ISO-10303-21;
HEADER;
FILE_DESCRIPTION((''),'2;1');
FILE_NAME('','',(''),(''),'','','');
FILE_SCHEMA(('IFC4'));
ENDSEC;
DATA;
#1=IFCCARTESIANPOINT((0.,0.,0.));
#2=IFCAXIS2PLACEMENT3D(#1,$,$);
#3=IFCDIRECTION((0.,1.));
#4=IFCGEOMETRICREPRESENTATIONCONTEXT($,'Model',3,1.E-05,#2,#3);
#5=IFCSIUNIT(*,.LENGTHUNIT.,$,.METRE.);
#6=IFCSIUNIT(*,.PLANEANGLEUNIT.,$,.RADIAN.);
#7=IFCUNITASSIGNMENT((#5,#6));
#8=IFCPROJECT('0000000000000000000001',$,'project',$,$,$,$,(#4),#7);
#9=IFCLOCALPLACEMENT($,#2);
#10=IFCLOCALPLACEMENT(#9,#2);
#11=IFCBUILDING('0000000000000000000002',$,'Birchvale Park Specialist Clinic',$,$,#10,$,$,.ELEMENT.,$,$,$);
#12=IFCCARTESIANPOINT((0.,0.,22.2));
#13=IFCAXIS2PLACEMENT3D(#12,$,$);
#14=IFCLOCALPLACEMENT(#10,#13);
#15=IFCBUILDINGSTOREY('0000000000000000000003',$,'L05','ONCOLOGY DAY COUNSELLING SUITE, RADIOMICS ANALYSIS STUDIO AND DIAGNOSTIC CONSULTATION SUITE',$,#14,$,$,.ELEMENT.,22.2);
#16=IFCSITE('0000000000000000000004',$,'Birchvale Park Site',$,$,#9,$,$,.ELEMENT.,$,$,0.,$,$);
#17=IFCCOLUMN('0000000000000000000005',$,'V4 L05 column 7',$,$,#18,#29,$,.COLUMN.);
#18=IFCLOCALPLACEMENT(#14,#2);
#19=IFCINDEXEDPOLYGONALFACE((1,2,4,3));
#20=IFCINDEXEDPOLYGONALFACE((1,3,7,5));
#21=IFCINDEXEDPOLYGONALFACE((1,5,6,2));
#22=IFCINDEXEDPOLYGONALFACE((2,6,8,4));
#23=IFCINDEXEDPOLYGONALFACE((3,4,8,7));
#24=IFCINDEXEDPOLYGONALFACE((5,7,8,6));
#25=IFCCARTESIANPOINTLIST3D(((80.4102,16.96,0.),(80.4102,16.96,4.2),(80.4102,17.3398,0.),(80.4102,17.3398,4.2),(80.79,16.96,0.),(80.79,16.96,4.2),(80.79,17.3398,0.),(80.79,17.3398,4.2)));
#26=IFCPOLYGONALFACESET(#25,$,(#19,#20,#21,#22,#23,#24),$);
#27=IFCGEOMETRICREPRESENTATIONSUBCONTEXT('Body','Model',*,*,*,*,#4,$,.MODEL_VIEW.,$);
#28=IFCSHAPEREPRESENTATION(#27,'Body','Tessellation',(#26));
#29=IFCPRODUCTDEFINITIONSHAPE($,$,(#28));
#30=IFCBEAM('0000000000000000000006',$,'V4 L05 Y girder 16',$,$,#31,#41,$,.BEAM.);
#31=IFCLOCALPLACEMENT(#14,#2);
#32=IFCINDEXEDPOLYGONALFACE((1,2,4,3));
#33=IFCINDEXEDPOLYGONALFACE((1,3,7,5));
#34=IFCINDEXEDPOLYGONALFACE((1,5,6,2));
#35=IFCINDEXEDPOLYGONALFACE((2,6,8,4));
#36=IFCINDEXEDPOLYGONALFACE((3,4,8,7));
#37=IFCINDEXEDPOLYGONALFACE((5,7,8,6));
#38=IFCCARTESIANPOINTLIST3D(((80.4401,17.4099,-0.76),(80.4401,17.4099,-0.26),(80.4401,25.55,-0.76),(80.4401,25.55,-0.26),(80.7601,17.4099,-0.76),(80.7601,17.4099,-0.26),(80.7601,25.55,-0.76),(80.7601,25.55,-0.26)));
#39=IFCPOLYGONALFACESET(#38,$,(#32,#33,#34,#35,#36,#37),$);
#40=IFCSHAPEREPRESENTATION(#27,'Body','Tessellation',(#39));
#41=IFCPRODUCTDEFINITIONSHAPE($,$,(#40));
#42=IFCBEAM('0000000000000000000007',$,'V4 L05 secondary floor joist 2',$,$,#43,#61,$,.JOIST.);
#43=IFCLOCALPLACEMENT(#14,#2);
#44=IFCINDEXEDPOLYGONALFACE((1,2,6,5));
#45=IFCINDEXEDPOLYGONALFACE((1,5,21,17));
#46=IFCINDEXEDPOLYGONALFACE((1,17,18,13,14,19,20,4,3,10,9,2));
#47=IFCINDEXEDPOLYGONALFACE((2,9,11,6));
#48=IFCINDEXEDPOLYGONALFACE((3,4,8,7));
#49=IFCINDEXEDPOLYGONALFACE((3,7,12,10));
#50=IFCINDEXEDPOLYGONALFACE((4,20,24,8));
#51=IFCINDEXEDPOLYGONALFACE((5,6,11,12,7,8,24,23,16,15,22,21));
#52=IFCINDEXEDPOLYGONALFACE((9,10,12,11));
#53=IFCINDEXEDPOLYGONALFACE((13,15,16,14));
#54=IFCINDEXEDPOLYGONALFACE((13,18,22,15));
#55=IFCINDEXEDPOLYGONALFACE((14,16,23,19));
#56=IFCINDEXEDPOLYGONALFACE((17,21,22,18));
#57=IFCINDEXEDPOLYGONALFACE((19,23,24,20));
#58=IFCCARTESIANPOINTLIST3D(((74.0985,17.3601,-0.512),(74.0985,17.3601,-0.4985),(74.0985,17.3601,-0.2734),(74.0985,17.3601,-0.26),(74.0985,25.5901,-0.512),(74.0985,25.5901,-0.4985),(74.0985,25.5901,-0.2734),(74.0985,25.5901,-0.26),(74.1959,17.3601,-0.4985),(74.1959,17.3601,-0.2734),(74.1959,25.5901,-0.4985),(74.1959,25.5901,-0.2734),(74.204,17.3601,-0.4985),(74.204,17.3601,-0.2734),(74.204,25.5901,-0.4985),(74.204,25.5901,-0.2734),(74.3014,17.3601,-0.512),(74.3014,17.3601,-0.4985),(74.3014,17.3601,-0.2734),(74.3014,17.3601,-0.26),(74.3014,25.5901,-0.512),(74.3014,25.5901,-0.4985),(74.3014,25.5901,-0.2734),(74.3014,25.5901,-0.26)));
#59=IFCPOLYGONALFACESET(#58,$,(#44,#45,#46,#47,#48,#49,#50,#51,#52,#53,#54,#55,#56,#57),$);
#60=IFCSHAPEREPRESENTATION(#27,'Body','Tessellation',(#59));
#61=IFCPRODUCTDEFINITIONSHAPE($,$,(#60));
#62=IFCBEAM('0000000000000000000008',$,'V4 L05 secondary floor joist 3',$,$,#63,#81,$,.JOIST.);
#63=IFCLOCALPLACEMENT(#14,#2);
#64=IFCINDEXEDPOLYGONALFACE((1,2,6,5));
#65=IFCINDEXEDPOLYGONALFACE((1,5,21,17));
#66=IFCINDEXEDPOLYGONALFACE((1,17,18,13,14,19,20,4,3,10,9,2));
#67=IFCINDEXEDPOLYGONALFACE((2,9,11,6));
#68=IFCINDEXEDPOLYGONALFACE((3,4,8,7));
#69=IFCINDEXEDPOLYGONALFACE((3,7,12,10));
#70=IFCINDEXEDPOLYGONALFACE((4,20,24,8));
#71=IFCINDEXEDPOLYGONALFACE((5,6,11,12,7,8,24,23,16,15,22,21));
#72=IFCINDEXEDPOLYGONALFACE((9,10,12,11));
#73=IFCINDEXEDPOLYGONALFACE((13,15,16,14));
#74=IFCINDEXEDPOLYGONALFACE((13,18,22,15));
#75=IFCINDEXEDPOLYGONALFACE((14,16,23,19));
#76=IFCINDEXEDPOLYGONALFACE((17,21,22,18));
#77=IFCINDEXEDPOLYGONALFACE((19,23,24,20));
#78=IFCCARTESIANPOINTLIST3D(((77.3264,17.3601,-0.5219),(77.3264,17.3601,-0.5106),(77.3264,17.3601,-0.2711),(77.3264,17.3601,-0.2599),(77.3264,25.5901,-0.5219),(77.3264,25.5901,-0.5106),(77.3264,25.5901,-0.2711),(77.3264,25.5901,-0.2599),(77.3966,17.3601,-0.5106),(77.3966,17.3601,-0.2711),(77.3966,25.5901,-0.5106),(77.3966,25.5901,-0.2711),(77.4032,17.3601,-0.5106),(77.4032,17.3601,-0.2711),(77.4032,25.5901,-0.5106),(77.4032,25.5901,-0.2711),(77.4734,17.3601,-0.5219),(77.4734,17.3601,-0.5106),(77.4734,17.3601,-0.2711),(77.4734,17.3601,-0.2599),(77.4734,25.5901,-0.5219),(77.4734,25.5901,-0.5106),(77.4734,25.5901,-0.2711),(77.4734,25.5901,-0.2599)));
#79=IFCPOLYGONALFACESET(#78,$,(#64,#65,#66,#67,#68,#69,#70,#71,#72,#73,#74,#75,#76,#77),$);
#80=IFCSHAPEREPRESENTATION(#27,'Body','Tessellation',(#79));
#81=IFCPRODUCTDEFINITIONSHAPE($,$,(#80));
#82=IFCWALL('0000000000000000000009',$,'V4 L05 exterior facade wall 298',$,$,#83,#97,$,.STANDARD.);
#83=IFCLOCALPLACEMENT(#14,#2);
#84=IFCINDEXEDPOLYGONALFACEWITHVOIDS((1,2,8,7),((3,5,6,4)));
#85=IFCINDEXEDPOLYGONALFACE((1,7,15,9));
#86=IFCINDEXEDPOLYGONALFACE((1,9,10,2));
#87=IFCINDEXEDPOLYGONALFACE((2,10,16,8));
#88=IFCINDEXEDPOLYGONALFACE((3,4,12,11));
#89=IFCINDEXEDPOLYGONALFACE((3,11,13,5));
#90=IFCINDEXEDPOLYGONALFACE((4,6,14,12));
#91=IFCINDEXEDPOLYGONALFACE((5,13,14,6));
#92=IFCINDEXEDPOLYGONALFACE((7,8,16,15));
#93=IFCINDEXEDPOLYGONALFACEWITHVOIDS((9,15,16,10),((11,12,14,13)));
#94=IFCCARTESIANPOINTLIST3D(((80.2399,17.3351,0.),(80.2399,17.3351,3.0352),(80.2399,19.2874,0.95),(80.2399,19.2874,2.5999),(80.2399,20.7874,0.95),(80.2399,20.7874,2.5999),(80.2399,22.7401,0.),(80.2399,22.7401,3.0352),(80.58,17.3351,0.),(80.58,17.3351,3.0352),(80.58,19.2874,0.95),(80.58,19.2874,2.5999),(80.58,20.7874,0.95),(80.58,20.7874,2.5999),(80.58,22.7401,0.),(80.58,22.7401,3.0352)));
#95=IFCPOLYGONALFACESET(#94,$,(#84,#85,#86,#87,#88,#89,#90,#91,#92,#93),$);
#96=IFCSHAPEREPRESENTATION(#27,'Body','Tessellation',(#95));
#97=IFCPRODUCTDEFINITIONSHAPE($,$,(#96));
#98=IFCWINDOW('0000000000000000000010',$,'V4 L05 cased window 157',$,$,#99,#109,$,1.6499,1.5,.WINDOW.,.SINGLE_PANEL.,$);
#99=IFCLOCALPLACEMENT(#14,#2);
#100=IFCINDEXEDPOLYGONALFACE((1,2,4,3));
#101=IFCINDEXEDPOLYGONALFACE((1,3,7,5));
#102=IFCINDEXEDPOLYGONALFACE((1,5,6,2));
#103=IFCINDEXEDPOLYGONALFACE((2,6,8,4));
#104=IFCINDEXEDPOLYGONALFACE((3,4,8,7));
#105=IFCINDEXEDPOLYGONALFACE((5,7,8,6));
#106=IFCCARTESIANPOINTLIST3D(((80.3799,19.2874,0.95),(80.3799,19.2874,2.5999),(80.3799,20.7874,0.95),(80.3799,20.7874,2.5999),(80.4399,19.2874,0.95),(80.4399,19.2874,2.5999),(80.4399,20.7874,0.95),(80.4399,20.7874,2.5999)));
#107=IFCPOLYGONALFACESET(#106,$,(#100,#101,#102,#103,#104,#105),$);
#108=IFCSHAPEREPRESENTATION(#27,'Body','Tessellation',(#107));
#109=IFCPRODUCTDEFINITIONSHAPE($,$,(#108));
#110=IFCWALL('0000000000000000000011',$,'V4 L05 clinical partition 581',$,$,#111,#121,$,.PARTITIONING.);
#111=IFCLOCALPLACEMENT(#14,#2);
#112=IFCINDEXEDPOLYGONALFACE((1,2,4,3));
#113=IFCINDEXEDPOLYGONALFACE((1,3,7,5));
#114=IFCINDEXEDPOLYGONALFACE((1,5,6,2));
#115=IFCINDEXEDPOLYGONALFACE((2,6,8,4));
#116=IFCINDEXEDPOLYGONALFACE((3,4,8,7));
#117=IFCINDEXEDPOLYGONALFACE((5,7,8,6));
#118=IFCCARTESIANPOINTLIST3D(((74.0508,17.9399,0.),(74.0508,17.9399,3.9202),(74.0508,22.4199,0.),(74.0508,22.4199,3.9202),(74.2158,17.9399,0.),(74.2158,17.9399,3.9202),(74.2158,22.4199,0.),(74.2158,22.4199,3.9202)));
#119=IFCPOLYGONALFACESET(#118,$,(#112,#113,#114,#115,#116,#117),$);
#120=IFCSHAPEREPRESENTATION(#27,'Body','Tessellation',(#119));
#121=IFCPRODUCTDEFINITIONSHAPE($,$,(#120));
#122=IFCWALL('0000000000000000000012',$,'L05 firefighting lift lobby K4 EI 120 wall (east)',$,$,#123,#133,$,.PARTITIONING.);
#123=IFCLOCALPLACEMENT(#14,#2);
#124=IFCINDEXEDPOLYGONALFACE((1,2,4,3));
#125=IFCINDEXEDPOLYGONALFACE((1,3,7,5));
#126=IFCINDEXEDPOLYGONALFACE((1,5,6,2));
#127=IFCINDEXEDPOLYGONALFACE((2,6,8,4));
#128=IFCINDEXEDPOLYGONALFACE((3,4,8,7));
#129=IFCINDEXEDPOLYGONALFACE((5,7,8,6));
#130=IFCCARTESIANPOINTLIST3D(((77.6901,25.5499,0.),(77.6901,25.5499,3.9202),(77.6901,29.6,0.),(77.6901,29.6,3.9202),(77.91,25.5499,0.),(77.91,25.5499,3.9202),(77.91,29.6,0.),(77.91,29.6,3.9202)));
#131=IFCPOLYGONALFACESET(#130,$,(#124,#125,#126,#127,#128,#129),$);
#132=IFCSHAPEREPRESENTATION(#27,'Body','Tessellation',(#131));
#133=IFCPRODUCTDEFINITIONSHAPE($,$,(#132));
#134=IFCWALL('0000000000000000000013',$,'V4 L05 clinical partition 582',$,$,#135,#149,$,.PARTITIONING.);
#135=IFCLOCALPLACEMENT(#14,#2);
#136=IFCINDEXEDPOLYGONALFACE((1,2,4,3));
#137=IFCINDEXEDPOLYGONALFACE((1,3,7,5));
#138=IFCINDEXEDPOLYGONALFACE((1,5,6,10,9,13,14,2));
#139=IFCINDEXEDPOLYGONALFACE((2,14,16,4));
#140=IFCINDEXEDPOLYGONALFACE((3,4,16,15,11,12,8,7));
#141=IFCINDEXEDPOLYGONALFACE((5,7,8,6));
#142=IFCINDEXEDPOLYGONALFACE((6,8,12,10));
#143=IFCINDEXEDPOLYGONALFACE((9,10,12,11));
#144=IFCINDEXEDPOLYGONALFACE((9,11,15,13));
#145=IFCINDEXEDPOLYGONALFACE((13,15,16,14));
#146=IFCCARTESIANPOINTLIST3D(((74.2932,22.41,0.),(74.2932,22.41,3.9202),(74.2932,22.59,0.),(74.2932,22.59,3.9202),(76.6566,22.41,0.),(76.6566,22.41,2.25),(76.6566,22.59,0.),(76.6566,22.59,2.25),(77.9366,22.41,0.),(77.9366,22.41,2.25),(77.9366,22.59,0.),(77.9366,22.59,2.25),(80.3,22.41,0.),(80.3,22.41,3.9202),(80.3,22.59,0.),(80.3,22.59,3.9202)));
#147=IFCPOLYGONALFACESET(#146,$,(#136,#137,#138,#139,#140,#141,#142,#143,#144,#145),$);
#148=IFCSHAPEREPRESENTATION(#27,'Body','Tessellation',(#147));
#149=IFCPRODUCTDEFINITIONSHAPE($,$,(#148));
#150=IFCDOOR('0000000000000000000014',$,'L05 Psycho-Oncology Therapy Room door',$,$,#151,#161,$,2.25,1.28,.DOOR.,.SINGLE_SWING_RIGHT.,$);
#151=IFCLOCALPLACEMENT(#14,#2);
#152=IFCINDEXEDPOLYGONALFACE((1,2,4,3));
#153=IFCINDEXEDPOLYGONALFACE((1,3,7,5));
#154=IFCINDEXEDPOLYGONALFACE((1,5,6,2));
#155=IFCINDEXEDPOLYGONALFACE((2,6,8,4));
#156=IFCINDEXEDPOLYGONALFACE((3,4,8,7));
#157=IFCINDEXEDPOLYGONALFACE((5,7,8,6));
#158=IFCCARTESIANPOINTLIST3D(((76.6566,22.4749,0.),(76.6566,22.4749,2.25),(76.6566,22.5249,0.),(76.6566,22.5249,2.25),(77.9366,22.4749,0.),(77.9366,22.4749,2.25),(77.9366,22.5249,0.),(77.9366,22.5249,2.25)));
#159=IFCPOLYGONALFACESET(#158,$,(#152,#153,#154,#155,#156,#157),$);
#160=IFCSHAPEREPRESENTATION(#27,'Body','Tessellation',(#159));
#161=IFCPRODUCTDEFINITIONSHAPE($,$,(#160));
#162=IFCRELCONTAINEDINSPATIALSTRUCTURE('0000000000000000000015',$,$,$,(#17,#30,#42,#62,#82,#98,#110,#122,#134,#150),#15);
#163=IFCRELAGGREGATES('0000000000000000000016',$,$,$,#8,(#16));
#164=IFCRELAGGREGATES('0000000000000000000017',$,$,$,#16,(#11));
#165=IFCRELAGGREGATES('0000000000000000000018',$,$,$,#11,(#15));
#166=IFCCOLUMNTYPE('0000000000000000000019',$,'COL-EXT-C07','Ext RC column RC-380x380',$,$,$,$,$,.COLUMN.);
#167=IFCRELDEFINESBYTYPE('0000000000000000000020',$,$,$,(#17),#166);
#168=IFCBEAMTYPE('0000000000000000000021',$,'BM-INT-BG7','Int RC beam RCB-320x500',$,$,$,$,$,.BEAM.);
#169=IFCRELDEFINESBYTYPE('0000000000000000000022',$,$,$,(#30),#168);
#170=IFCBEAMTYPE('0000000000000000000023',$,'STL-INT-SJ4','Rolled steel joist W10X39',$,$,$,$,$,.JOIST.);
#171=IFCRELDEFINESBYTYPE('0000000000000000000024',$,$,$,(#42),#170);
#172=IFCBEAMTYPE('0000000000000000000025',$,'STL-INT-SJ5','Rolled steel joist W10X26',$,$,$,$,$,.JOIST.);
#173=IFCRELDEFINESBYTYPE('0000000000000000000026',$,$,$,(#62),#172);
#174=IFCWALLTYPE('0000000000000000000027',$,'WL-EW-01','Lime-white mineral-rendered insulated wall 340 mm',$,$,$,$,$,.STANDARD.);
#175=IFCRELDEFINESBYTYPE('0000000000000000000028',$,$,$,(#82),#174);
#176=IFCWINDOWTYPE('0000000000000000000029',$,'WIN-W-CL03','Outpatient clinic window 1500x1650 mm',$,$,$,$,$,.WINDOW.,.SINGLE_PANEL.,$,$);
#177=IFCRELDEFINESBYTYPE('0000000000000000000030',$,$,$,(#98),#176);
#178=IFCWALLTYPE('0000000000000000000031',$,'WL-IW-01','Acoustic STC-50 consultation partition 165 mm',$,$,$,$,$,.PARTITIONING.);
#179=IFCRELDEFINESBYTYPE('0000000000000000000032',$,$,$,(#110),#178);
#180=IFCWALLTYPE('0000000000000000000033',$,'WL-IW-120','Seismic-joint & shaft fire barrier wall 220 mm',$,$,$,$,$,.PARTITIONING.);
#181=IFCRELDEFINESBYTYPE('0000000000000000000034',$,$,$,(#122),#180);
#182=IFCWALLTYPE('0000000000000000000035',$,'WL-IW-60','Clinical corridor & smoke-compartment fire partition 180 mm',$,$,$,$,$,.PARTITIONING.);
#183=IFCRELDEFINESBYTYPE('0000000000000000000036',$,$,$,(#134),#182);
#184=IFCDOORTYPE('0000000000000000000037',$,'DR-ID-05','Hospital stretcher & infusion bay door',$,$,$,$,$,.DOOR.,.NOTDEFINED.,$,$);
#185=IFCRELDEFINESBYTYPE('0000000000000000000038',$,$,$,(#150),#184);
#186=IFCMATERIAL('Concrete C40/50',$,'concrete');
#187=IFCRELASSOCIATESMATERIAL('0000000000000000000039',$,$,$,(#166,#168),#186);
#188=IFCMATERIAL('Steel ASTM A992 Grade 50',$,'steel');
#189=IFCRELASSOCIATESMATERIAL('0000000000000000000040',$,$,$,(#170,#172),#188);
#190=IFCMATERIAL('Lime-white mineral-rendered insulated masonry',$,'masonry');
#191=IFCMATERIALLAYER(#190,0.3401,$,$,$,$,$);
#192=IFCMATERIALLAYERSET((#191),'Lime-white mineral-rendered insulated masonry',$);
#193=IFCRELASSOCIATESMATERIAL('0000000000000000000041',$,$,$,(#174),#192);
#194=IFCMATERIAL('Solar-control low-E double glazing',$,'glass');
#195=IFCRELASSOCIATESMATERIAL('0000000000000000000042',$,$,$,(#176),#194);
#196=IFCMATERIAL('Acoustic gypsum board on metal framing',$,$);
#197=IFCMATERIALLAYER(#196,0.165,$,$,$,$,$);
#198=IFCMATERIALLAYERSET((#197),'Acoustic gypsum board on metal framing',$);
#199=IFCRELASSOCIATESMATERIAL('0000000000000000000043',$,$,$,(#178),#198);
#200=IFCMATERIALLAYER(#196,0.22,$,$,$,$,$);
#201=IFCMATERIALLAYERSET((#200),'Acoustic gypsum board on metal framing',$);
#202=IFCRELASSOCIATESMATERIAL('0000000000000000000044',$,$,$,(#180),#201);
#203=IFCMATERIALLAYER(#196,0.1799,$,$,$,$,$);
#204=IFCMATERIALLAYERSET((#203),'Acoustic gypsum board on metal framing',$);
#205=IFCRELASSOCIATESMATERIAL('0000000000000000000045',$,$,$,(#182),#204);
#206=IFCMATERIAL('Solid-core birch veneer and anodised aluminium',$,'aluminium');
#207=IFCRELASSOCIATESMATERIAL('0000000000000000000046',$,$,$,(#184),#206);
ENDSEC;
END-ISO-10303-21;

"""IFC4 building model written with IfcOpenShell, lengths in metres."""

from ifc_helpers import new_model, si_unit, direction, frame, frame_2d, origin, origin_2d, place, context, subcontext, project, spatial, rectangle, i_section, extrude, material, layer, layer_set, material_profile, profile_set, type_object, element, fill, save


model = new_model("IFC4")

# Units and contexts
model_context = context("Model", 3, precision=1e-05, world=origin(), true_north=direction((0.0, 1.0)))
body_context = subcontext(model_context, "Body", "Model", "MODEL_VIEW")
ifc_project = project(units=[si_unit("LENGTHUNIT", "METRE"), si_unit("PLANEANGLEUNIT", "RADIAN")], contexts=[model_context])

# Site, building, storey
site_placement = place(None, origin())
site = spatial("IfcSite", under=ifc_project, at=site_placement, Name="Birchvale Park Site", CompositionType="ELEMENT", RefElevation=0.0)
building_placement = place(site_placement, origin())
building = spatial("IfcBuilding", under=site, at=building_placement, Name="Birchvale Park Specialist Clinic", CompositionType="ELEMENT")
storey_placement = place(building_placement, frame((0.0, 0.0, 22.2)))
storey = spatial("IfcBuildingStorey", under=building, at=storey_placement, Name="L05", Description="ONCOLOGY DAY COUNSELLING SUITE, RADIOMICS ANALYSIS STUDIO AND DIAGNOSTIC CONSULTATION SUITE", CompositionType="ELEMENT", Elevation=22.2)

# Column
ifc_material_1 = material(Name="Concrete C40/50", Category="concrete")
ifc_material_profile_1 = material_profile(ifc_material_1, rectangle(XDim=0.3799, YDim=0.3799, at=origin_2d()), Name="RC-380x380")
ifc_profile_set_1 = profile_set([ifc_material_profile_1], Name="Concrete C40/50")
column_type = type_object("IfcColumnType", Name="COL-EXT-C07", Description="Ext RC column RC-380x380", PredefinedType="COLUMN", material=ifc_profile_set_1)
column_placement = place(storey_placement, frame((80.6001, 17.1499, 0.0), z_axis=(0.0, 0.0, 1.0), x_axis=(1.0, 0.0, 0.0)))
element("IfcColumn", 1, at=column_placement, inside=storey, type_object=column_type, Name="V4 L05 column 7", PredefinedType="COLUMN", context=body_context, shape_type="SweptSolid", body=[
    extrude(rectangle(XDim=0.3799, YDim=0.3799, at=origin_2d()), origin(), (0.0, 0.0, 1.0), 4.2),
])

# Beams
ifc_material_profile_2 = material_profile(ifc_material_1, rectangle(XDim=0.3201, YDim=0.5, at=origin_2d()), Name="RCB-320x500")
ifc_profile_set_2 = profile_set([ifc_material_profile_2], Name="Concrete C40/50")
beam_type_1 = type_object("IfcBeamType", Name="BM-INT-BG7", Description="Int RC beam RCB-320x500", PredefinedType="BEAM", material=ifc_profile_set_2)
beam_1_placement = place(storey_placement, frame((80.6001, 17.4099, -0.51), z_axis=(0.0, 1.0, 0.0), x_axis=(-1.0, 0.0, 0.0)))
element("IfcBeam", 2, at=beam_1_placement, inside=storey, type_object=beam_type_1, Name="V4 L05 Y girder 16", PredefinedType="BEAM", context=body_context, shape_type="SweptSolid", body=[
    extrude(rectangle(XDim=0.3201, YDim=0.5, at=origin_2d()), origin(), (0.0, 0.0, 1.0), 8.1401),
])
ifc_material_2 = material(Name="Steel ASTM A992 Grade 50", Category="steel")
ifc_material_profile_3 = material_profile(ifc_material_2, i_section(OverallWidth=0.2029, OverallDepth=0.252, WebThickness=0.0081, FlangeThickness=0.0134, at=origin_2d()), Name="W10X39")
ifc_profile_set_3 = profile_set([ifc_material_profile_3], Name="Steel ASTM A992 Grade 50")
beam_type_2 = type_object("IfcBeamType", Name="STL-INT-SJ4", Description="Rolled steel joist W10X39", PredefinedType="JOIST", material=ifc_profile_set_3)
beam_2_placement = place(storey_placement, frame((74.2, 17.3601, -0.386), z_axis=(0.0, 1.0, 0.0), x_axis=(-1.0, 0.0, 0.0)))
element("IfcBeam", 3, at=beam_2_placement, inside=storey, type_object=beam_type_2, Name="V4 L05 secondary floor joist 2", PredefinedType="JOIST", context=body_context, shape_type="SweptSolid", body=[
    extrude(i_section(OverallWidth=0.2029, OverallDepth=0.252, WebThickness=0.0081, FlangeThickness=0.0134, at=origin_2d()), origin(), (0.0, 0.0, 1.0), 8.23),
])
ifc_material_profile_4 = material_profile(ifc_material_2, i_section(OverallWidth=0.147, OverallDepth=0.262, WebThickness=0.0066, FlangeThickness=0.0112, at=origin_2d()), Name="W10X26")
ifc_profile_set_4 = profile_set([ifc_material_profile_4], Name="Steel ASTM A992 Grade 50")
beam_type_3 = type_object("IfcBeamType", Name="STL-INT-SJ5", Description="Rolled steel joist W10X26", PredefinedType="JOIST", material=ifc_profile_set_4)
beam_3_placement = place(storey_placement, frame((77.3999, 17.3601, -0.3909), z_axis=(0.0, 1.0, 0.0), x_axis=(-1.0, 0.0, 0.0)))
element("IfcBeam", 4, at=beam_3_placement, inside=storey, type_object=beam_type_3, Name="V4 L05 secondary floor joist 3", PredefinedType="JOIST", context=body_context, shape_type="SweptSolid", body=[
    extrude(i_section(OverallWidth=0.147, OverallDepth=0.262, WebThickness=0.0066, FlangeThickness=0.0112, at=origin_2d()), origin(), (0.0, 0.0, 1.0), 8.23),
])

# Wall, opening, window
ifc_material_3 = material(Name="Lime-white mineral-rendered insulated masonry", Category="masonry")
ifc_layer_1 = layer(ifc_material_3, 0.3401)
ifc_layer_set_1 = layer_set([ifc_layer_1], Name="Lime-white mineral-rendered insulated masonry")
wall_type_1 = type_object("IfcWallType", Name="WL-EW-01", Description="Lime-white mineral-rendered insulated wall 340 mm", PredefinedType="STANDARD", material=ifc_layer_set_1)
wall_1_placement = place(storey_placement, frame((80.4099, 17.335, 0.0), z_axis=(0.0, 0.0, 1.0), x_axis=(0.0, 1.0, 0.0)))
wall_1 = element("IfcWall", 5, at=wall_1_placement, inside=storey, type_object=wall_type_1, Name="V4 L05 exterior facade wall 298", PredefinedType="STANDARD", context=body_context, shape_type="SweptSolid", body=[
    extrude(rectangle(XDim=5.405, YDim=0.3401, at=frame_2d((2.7026, 0.0))), origin(), (0.0, 0.0, 1.0), 3.0352),
])
opening_1_placement = place(wall_1_placement, frame((1.9524, 0.0, 0.95)))
opening_1 = element("IfcOpeningElement", 6, at=opening_1_placement, cuts=wall_1, PredefinedType="OPENING", context=body_context, shape_type="SweptSolid", body=[
    extrude(rectangle(XDim=1.5, YDim=1.6499, at=frame_2d((0.75, 0.825))), frame((0.0, 0.1802, 0.0), z_axis=(0.0, -1.0, 0.0), x_axis=(1.0, 0.0, 0.0)), (0.0, 0.0, 1.0), 0.3601),
])
ifc_material_4 = material(Name="Solar-control low-E double glazing", Category="glass")
window_type = type_object("IfcWindowType", Name="WIN-W-CL03", Description="Outpatient clinic window 1500x1650 mm", PartitioningType="SINGLE_PANEL", PredefinedType="WINDOW", material=ifc_material_4)
window_placement = place(opening_1_placement, origin())
window = element("IfcWindow", 7, at=window_placement, inside=storey, type_object=window_type, Name="V4 L05 cased window 157", OverallHeight=1.6499, OverallWidth=1.5, PartitioningType="SINGLE_PANEL", PredefinedType="WINDOW", context=body_context, shape_type="SweptSolid", body=[
    extrude(rectangle(XDim=1.5, YDim=1.6499, at=frame_2d((0.75, 0.825))), frame((0.0, 0.03, 0.0), z_axis=(0.0, -1.0, 0.0), x_axis=(1.0, 0.0, 0.0)), (0.0, 0.0, 1.0), 0.0601),
])
fill(opening_1, window)

# Walls
ifc_material_5 = material(Name="Acoustic gypsum board on metal framing")
ifc_layer_2 = layer(ifc_material_5, 0.165)
ifc_layer_set_2 = layer_set([ifc_layer_2], Name="Acoustic gypsum board on metal framing")
wall_type_2 = type_object("IfcWallType", Name="WL-IW-01", Description="Acoustic STC-50 consultation partition 165 mm", PredefinedType="PARTITIONING", material=ifc_layer_set_2)
wall_2_placement = place(storey_placement, frame((74.1333, 22.4199, 0.0), z_axis=(0.0, 0.0, 1.0), x_axis=(0.0, -1.0, 0.0)))
element("IfcWall", 8, at=wall_2_placement, inside=storey, type_object=wall_type_2, Name="V4 L05 clinical partition 581", PredefinedType="PARTITIONING", context=body_context, shape_type="SweptSolid", body=[
    extrude(rectangle(XDim=4.48, YDim=0.165, at=frame_2d((2.24, 0.0))), origin(), (0.0, 0.0, 1.0), 3.9202),
])
ifc_layer_3 = layer(ifc_material_5, 0.22)
ifc_layer_set_3 = layer_set([ifc_layer_3], Name="Acoustic gypsum board on metal framing")
wall_type_3 = type_object("IfcWallType", Name="WL-IW-120", Description="Seismic-joint & shaft fire barrier wall 220 mm", PredefinedType="PARTITIONING", material=ifc_layer_set_3)
wall_3_placement = place(storey_placement, frame((77.8, 25.55, 0.0), z_axis=(0.0, 0.0, 1.0), x_axis=(0.0, 1.0, 0.0)))
element("IfcWall", 9, at=wall_3_placement, inside=storey, type_object=wall_type_3, Name="L05 firefighting lift lobby K4 EI 120 wall (east)", PredefinedType="PARTITIONING", context=body_context, shape_type="SweptSolid", body=[
    extrude(rectangle(XDim=4.05, YDim=0.22, at=frame_2d((2.0249, 0.0))), origin(), (0.0, 0.0, 1.0), 3.9202),
])

# Wall, opening, door
ifc_layer_4 = layer(ifc_material_5, 0.1799)
ifc_layer_set_4 = layer_set([ifc_layer_4], Name="Acoustic gypsum board on metal framing")
wall_type_4 = type_object("IfcWallType", Name="WL-IW-60", Description="Clinical corridor & smoke-compartment fire partition 180 mm", PredefinedType="PARTITIONING", material=ifc_layer_set_4)
wall_4_placement = place(storey_placement, frame((74.2932, 22.5, 0.0), z_axis=(0.0, 0.0, 1.0), x_axis=(1.0, 0.0, 0.0)))
wall_4 = element("IfcWall", 10, at=wall_4_placement, inside=storey, type_object=wall_type_4, Name="V4 L05 clinical partition 582", PredefinedType="PARTITIONING", context=body_context, shape_type="SweptSolid", body=[
    extrude(rectangle(XDim=6.0068, YDim=0.1799, at=frame_2d((3.0034, 0.0))), origin(), (0.0, 0.0, 1.0), 3.9202),
])
opening_2_placement = place(wall_4_placement, frame((2.3633, 0.0, 0.0)))
opening_2 = element("IfcOpeningElement", 11, at=opening_2_placement, cuts=wall_4, PredefinedType="OPENING", context=body_context, shape_type="SweptSolid", body=[
    extrude(rectangle(XDim=1.28, YDim=2.25, at=frame_2d((0.6401, 1.125))), frame((0.0, 0.1001, 0.0), z_axis=(0.0, -1.0, 0.0), x_axis=(1.0, 0.0, 0.0)), (0.0, 0.0, 1.0), 0.2),
])
ifc_material_6 = material(Name="Solid-core birch veneer and anodised aluminium", Category="aluminium")
door_type_1 = type_object("IfcDoorType", Name="DR-ID-05", Description="Hospital stretcher & infusion bay door", OperationType="NOTDEFINED", PredefinedType="DOOR", material=ifc_material_6)
door_1_placement = place(opening_2_placement, origin())
door_1 = element("IfcDoor", 12, at=door_1_placement, inside=storey, type_object=door_type_1, Name="L05 Psycho-Oncology Therapy Room door", OperationType="SINGLE_SWING_RIGHT", OverallHeight=2.25, OverallWidth=1.28, PredefinedType="DOOR", context=body_context, shape_type="SweptSolid", body=[
    extrude(rectangle(XDim=1.28, YDim=2.25, at=frame_2d((0.6401, 1.125))), frame((0.0, 0.0249, 0.0), z_axis=(0.0, -1.0, 0.0), x_axis=(1.0, 0.0, 0.0)), (0.0, 0.0, 1.0), 0.05),
])
fill(opening_2, door_1)

save(model, "model.ifc")
